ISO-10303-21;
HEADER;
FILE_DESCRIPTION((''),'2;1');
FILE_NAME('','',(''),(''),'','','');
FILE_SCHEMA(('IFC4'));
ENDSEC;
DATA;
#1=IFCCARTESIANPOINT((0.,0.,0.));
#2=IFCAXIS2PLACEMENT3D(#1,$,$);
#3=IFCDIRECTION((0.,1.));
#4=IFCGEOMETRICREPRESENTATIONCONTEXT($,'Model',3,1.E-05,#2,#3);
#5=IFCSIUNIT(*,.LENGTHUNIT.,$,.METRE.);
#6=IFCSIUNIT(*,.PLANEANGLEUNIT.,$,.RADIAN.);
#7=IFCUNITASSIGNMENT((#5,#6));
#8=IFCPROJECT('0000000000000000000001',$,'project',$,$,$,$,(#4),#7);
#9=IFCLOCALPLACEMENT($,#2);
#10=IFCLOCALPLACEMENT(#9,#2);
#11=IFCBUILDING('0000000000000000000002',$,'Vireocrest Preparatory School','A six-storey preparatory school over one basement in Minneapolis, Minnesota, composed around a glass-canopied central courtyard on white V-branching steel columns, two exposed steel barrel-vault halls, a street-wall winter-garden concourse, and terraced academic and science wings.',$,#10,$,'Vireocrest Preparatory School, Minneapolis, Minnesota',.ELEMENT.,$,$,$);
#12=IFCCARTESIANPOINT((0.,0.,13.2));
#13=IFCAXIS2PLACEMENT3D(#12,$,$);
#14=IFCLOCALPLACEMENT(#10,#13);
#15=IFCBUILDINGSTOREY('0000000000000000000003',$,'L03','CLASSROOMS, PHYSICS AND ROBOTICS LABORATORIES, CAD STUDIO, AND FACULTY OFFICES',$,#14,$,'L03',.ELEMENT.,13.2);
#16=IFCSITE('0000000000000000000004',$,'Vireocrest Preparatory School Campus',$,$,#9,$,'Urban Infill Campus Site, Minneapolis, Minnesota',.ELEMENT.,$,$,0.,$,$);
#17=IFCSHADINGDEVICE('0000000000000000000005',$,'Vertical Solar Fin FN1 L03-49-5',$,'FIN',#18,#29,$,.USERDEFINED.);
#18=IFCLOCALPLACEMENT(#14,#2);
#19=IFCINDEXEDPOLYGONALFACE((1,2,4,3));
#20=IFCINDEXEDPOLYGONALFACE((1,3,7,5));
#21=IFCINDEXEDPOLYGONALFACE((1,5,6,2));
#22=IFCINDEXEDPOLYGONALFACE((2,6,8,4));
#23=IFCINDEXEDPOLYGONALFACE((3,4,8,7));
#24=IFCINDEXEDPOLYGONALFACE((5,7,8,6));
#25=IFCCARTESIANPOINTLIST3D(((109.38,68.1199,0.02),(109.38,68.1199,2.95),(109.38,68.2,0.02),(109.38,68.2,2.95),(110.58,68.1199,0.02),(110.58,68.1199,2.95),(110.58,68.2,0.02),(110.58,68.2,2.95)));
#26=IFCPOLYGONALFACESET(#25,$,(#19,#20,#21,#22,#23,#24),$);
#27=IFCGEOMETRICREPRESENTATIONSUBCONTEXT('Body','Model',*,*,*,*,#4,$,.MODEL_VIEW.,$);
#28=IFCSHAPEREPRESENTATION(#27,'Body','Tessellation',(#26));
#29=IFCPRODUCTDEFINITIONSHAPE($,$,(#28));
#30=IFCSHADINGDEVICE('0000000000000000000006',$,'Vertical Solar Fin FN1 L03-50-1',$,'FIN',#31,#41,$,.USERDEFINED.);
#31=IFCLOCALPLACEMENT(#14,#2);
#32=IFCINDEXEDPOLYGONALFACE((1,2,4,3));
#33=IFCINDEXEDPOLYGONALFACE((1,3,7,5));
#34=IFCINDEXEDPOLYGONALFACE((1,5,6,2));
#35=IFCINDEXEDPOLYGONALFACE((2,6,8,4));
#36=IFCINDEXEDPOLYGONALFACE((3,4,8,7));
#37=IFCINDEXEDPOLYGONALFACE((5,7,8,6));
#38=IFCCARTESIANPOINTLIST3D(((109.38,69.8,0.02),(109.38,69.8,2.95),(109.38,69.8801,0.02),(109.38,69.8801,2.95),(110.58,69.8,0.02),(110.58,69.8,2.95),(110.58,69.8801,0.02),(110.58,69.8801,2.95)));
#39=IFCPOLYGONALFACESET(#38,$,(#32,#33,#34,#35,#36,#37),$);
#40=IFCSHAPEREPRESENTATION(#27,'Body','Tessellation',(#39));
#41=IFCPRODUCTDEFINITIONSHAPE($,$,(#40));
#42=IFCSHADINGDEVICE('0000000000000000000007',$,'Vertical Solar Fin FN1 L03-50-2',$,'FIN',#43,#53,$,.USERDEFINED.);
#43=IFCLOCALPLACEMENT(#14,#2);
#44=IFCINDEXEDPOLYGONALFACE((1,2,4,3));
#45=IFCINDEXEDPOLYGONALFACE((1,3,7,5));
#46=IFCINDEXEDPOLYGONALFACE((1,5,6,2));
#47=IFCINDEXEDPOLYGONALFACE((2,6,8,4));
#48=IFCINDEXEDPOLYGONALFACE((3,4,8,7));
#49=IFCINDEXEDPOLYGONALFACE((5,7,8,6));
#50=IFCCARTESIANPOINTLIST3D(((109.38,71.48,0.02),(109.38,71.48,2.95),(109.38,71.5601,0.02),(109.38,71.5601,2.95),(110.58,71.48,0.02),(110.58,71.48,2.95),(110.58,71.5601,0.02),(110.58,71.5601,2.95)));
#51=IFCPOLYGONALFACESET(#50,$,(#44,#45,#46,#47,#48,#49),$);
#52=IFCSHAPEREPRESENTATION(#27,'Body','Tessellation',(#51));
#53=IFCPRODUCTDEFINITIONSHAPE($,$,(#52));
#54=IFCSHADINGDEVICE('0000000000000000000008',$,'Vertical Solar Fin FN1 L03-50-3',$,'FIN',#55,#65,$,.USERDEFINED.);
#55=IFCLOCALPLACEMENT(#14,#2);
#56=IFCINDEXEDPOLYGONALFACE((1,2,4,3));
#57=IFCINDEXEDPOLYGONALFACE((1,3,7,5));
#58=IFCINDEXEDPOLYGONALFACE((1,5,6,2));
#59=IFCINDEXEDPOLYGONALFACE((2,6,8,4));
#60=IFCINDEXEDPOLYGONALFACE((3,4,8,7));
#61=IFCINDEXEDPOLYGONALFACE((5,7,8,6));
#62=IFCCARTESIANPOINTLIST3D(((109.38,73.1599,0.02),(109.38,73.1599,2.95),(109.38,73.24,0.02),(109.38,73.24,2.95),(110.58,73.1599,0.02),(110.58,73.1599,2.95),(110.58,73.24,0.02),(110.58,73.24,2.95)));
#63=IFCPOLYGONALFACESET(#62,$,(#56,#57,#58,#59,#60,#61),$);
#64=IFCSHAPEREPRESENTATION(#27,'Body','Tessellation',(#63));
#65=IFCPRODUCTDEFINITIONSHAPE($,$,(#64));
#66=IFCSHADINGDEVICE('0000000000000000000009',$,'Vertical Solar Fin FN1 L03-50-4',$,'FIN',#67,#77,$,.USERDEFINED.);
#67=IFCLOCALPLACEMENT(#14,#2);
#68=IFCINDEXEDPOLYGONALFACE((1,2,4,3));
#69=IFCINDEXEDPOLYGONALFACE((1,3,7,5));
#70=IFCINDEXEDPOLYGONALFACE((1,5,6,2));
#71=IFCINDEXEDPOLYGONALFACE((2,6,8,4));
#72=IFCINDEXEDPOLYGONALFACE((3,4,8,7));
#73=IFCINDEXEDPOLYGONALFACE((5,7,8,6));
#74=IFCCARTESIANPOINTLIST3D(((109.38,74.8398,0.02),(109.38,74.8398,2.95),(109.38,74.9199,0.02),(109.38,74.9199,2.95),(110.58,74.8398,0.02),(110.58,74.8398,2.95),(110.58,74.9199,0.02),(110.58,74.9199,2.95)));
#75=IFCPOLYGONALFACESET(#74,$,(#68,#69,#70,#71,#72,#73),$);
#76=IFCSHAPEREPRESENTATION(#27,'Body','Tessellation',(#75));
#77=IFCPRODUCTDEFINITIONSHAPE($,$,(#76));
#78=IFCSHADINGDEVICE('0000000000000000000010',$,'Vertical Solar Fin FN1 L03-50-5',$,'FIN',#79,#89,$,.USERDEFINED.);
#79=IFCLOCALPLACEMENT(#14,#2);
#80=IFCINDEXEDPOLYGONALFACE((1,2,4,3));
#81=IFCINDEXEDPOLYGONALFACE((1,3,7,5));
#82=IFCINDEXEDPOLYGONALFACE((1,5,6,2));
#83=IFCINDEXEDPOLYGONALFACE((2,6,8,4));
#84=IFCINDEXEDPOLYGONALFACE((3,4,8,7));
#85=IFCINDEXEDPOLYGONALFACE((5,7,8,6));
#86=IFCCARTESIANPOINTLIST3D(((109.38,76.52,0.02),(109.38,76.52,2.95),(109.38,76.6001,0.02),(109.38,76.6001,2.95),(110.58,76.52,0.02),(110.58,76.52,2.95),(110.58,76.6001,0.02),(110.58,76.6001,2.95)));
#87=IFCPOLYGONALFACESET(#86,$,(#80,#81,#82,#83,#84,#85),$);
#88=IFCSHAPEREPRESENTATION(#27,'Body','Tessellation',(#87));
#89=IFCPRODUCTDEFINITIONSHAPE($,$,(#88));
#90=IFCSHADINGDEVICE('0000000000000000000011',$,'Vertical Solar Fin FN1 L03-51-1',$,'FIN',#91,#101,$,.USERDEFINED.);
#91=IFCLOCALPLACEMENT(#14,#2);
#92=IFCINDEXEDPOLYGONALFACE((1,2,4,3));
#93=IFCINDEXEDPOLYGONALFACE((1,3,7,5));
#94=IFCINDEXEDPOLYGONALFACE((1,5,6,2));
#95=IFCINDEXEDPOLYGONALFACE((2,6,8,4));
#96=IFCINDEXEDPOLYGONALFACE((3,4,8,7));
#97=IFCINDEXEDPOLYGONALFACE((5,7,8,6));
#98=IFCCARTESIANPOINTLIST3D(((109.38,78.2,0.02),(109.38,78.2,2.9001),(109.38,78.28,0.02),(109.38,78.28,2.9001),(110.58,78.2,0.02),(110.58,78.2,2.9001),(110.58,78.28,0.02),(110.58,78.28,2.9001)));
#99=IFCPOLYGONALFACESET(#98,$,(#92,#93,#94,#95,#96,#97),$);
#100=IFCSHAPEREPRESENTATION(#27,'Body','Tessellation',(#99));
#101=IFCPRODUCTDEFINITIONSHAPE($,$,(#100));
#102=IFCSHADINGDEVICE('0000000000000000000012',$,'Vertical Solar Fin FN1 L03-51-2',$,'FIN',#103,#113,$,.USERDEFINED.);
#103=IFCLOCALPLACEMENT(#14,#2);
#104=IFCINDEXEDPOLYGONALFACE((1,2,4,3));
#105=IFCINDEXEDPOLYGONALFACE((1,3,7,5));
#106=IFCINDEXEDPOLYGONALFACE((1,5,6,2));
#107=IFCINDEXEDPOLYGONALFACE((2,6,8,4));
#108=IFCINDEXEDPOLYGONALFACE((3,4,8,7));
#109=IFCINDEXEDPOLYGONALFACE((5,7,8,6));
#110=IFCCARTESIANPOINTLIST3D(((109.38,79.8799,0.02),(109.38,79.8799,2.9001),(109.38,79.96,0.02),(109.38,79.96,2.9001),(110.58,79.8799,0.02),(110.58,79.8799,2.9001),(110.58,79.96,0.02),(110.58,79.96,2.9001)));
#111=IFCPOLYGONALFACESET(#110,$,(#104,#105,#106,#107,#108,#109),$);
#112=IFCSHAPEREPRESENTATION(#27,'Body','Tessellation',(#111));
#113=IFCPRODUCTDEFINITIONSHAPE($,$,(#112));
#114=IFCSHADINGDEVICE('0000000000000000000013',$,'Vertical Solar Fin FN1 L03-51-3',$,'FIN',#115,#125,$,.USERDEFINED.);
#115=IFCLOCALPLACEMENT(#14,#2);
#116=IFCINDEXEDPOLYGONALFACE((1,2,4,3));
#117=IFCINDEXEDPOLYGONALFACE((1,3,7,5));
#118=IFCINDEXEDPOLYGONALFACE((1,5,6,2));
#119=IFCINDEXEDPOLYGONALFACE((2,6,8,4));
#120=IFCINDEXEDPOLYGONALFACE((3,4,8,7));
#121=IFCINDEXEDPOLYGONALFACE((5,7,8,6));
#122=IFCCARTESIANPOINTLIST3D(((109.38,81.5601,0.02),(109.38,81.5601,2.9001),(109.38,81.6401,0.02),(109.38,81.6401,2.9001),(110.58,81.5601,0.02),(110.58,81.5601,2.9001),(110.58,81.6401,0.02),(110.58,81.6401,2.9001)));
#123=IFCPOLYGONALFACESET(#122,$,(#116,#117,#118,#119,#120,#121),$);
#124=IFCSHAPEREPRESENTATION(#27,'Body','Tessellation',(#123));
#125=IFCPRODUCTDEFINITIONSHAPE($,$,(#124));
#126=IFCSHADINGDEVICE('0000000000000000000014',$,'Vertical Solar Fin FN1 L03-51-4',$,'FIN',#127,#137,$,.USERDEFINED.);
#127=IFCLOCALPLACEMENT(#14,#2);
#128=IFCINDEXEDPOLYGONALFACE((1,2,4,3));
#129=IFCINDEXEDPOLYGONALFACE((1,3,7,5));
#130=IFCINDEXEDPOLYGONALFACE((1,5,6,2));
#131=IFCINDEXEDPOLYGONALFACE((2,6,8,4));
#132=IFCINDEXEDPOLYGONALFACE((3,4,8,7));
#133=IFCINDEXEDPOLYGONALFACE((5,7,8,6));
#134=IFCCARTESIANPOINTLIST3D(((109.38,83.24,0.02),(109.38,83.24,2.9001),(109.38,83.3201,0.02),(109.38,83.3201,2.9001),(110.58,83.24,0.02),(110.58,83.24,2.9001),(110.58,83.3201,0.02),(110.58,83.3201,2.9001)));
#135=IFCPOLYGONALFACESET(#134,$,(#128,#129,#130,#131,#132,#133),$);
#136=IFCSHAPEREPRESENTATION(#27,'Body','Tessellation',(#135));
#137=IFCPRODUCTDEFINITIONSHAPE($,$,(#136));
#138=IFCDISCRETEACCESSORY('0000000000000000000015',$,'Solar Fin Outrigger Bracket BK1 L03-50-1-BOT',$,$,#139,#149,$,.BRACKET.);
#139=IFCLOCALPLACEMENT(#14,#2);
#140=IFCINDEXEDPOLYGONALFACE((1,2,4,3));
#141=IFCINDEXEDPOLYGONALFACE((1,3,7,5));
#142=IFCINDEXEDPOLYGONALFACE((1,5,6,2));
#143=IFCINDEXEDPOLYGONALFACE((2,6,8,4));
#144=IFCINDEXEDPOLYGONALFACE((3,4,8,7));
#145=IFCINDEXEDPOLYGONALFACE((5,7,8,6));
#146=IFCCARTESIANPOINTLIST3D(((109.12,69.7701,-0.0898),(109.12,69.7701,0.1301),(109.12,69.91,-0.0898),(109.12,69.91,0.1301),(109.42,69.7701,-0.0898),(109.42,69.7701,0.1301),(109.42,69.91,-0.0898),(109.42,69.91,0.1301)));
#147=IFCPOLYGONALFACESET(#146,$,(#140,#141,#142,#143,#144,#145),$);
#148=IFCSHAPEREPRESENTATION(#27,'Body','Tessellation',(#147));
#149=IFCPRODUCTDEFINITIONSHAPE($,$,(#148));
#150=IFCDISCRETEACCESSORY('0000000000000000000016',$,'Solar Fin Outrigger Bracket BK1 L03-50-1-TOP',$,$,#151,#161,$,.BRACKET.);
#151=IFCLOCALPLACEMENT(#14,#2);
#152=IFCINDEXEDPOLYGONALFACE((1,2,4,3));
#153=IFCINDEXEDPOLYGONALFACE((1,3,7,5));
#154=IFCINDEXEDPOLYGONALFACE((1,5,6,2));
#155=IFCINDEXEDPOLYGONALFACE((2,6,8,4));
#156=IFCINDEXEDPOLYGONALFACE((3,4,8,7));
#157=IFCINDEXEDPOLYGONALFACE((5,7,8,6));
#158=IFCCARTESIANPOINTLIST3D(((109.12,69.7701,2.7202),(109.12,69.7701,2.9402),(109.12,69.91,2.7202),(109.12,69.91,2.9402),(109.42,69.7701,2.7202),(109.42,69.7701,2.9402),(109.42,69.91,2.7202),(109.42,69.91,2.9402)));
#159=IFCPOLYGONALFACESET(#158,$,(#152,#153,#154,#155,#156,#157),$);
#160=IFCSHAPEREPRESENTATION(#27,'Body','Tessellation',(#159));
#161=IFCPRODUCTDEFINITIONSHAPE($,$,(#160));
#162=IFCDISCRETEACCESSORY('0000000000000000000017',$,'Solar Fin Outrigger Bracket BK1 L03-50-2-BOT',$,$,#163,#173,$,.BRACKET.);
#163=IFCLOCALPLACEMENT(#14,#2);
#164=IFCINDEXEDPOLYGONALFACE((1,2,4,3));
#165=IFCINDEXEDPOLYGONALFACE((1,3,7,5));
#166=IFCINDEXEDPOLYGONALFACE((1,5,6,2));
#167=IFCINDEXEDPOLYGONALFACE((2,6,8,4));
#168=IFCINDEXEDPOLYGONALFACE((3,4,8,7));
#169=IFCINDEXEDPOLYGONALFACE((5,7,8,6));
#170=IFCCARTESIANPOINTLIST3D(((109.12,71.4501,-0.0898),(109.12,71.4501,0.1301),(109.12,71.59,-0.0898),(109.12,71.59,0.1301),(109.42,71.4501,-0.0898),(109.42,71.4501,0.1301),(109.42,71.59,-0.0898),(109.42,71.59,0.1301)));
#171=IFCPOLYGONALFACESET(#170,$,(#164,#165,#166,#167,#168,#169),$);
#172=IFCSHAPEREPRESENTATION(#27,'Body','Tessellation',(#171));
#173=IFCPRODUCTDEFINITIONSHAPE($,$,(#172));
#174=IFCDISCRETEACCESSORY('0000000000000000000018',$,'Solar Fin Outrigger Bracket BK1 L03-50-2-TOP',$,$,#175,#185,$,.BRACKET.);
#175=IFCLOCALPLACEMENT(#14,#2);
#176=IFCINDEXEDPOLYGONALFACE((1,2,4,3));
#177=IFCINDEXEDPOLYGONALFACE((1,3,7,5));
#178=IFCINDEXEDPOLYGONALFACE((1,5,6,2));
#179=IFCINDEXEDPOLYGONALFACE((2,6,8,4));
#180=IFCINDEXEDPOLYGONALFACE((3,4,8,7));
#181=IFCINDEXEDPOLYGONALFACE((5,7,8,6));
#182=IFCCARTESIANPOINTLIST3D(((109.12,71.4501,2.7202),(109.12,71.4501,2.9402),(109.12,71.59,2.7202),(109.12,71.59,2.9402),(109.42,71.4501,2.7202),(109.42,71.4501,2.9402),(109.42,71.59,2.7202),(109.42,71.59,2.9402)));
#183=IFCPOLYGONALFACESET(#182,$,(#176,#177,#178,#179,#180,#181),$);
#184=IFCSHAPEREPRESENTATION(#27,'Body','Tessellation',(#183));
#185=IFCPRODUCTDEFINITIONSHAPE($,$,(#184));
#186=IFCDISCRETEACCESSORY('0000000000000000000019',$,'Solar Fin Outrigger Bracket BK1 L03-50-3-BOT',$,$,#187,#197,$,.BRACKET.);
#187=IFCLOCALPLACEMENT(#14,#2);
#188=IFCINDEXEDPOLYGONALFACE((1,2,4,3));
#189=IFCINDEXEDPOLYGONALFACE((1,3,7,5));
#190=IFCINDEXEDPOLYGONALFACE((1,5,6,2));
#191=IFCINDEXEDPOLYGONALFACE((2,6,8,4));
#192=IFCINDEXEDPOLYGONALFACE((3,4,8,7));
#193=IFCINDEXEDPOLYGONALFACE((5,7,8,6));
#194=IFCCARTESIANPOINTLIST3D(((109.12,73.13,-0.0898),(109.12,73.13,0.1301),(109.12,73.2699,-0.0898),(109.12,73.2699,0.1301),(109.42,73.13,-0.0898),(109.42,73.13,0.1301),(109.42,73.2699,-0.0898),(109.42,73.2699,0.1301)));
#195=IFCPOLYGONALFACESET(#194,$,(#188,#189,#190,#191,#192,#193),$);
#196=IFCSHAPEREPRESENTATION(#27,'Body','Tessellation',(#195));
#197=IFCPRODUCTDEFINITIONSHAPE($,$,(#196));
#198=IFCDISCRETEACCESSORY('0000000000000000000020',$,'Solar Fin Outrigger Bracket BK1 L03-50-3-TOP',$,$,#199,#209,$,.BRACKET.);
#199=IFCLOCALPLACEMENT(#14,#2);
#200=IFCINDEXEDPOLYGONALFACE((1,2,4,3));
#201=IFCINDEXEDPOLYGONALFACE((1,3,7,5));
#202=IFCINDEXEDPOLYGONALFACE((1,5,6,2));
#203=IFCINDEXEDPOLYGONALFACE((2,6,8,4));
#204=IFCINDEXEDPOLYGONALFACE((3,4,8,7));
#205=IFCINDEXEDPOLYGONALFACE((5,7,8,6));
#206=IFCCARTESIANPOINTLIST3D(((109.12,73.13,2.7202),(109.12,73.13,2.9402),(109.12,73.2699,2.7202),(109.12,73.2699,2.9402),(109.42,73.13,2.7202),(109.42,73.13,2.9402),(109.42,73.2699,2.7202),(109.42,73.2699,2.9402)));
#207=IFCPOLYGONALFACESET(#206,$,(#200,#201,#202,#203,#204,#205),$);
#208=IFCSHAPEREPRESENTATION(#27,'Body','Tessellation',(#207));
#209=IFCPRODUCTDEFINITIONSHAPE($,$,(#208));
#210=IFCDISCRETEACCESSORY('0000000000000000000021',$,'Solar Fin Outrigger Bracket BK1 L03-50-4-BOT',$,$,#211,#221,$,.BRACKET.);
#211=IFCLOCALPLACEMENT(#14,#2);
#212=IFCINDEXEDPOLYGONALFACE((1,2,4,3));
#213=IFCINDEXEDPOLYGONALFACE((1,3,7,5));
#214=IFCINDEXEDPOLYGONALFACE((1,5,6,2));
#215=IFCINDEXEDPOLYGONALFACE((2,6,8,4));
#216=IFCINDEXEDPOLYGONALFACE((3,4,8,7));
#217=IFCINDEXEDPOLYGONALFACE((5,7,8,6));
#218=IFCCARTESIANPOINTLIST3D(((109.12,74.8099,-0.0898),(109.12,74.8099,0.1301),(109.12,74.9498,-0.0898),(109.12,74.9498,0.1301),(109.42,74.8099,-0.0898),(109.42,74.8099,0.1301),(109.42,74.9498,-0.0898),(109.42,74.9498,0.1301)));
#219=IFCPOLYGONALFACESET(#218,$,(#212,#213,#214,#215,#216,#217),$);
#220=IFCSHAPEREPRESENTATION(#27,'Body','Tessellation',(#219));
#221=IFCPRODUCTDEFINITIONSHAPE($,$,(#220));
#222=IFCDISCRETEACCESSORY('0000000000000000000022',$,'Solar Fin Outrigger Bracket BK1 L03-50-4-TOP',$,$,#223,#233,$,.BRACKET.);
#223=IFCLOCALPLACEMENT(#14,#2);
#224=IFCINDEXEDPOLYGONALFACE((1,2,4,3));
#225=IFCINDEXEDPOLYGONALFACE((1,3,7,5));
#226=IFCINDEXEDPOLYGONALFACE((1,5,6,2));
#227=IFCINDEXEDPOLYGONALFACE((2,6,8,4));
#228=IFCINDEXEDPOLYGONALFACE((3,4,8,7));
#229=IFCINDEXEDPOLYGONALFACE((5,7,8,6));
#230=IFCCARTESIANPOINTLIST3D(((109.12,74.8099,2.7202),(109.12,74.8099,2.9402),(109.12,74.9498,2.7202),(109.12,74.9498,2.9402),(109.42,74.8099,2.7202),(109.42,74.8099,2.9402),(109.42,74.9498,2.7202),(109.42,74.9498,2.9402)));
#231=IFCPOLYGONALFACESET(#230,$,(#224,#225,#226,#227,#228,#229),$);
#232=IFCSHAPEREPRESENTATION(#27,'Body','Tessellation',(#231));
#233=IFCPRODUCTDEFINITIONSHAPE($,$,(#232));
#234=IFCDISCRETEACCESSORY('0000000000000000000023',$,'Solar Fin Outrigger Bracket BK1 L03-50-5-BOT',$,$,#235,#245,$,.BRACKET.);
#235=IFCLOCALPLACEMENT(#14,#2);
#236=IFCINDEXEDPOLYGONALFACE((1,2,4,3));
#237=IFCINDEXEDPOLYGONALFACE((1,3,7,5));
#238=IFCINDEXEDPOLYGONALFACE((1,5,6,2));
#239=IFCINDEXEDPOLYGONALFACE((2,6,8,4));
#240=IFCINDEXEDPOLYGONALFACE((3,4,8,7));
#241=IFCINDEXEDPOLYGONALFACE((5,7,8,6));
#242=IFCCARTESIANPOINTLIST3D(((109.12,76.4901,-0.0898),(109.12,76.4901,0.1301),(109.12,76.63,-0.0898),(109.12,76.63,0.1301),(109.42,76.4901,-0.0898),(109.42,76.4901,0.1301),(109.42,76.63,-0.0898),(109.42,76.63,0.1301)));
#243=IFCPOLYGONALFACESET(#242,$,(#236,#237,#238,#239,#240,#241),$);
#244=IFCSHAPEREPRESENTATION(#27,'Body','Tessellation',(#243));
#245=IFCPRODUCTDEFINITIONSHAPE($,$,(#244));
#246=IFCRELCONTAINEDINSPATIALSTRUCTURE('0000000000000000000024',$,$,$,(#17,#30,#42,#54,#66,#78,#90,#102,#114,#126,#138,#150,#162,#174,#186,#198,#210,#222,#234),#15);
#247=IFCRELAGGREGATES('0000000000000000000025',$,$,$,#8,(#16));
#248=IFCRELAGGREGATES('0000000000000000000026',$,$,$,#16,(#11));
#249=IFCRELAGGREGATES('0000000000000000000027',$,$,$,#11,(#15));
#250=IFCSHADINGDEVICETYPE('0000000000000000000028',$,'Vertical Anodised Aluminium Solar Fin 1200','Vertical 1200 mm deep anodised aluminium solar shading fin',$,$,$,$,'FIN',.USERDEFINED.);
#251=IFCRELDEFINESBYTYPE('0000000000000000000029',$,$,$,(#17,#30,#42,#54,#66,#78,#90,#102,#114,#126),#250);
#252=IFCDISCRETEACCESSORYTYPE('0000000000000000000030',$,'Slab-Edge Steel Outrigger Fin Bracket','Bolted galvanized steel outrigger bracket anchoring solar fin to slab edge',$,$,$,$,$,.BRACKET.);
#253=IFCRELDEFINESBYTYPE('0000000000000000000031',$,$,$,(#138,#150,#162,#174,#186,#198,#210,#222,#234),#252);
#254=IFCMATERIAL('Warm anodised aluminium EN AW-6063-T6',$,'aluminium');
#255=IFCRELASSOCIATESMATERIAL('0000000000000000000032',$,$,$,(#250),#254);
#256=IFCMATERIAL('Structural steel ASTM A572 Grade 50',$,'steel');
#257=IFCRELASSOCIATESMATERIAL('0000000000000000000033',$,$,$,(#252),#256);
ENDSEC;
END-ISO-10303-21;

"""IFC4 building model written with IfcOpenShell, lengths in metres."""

from ifc_helpers import new_model, si_unit, direction, frame, origin, origin_2d, place, context, subcontext, project, spatial, rectangle, extrude, material, material_profile, profile_set, type_object, element, save


model = new_model("IFC4")

# Units and contexts
model_context = context("Model", 3, precision=1e-05, world=origin(), true_north=direction((0.0, 1.0)))
body_context = subcontext(model_context, "Body", "Model", "MODEL_VIEW")
ifc_project = project(units=[si_unit("LENGTHUNIT", "METRE"), si_unit("PLANEANGLEUNIT", "RADIAN")], contexts=[model_context])

# Site, building, storey
site_placement = place(None, origin())
site = spatial("IfcSite", under=ifc_project, at=site_placement, Name="Vireocrest Preparatory School Campus", LongName="Urban Infill Campus Site, Minneapolis, Minnesota", CompositionType="ELEMENT", RefElevation=0.0)
building_placement = place(site_placement, origin())
building = spatial("IfcBuilding", under=site, at=building_placement, Name="Vireocrest Preparatory School", Description="A six-storey preparatory school over one basement in Minneapolis, Minnesota, composed around a glass-canopied central courtyard on white V-branching steel columns, two exposed steel barrel-vault halls, a street-wall winter-garden concourse, and terraced academic and science wings.", LongName="Vireocrest Preparatory School, Minneapolis, Minnesota", CompositionType="ELEMENT")
storey_placement = place(building_placement, frame((0.0, 0.0, 13.2)))
storey = spatial("IfcBuildingStorey", under=building, at=storey_placement, Name="L03", Description="CLASSROOMS, PHYSICS AND ROBOTICS LABORATORIES, CAD STUDIO, AND FACULTY OFFICES", LongName="L03", CompositionType="ELEMENT", Elevation=13.2)

# Shading devices
ifc_material_1 = material(Name="Warm anodised aluminium EN AW-6063-T6", Category="aluminium")
ifc_material_profile = material_profile(ifc_material_1, rectangle(XDim=0.0801, YDim=1.2, at=origin_2d()), Name="FIN 80x1200")
ifc_profile_set = profile_set([ifc_material_profile], Name="Warm anodised aluminium EN AW-6063-T6")
shading_device_type = type_object("IfcShadingDeviceType", Name="Vertical Anodised Aluminium Solar Fin 1200", Description="Vertical 1200 mm deep anodised aluminium solar shading fin", ElementType="FIN", PredefinedType="USERDEFINED", material=ifc_profile_set)
for number, where, z_axis, x_axis, name in (
    (1, (109.98, 68.1599, 0.02), (0.0, 0.0, 1.0), (0.0, -1.0, 0.0), "Vertical Solar Fin FN1 L03-49-5"),
    (2, (109.98, 69.8401, 0.02), (0.0, 0.0, 1.0), (0.0, -1.0, 0.0), "Vertical Solar Fin FN1 L03-50-1"),
    (3, (109.98, 71.52, 0.02), (0.0, 0.0, 1.0), (0.0, -1.0, 0.0), "Vertical Solar Fin FN1 L03-50-2"),
    (4, (109.98, 73.2, 0.02), (0.0, 0.0, 1.0), (0.0, -1.0, 0.0), "Vertical Solar Fin FN1 L03-50-3"),
    (5, (109.98, 74.8799, 0.02), (0.0, 0.0, 1.0), (0.0, -1.0, 0.0), "Vertical Solar Fin FN1 L03-50-4"),
    (6, (109.98, 76.5601, 0.02), (0.0, 0.0, 1.0), (0.0, -1.0, 0.0), "Vertical Solar Fin FN1 L03-50-5"),
):
    element("IfcShadingDevice", number, at=place(storey_placement, frame(where, z_axis=z_axis, x_axis=x_axis)), inside=storey, type_object=shading_device_type, Name=name, ObjectType="FIN", PredefinedType="USERDEFINED", context=body_context, shape_type="SweptSolid", body=[
        extrude(rectangle(XDim=0.0801, YDim=1.2, at=origin_2d()), origin(), (0.0, 0.0, 1.0), 2.9299),
    ])
for number, where, z_axis, x_axis, name in (
    (7, (109.98, 78.24, 0.02), (0.0, 0.0, 1.0), (0.0, -1.0, 0.0), "Vertical Solar Fin FN1 L03-51-1"),
    (8, (109.98, 79.9199, 0.02), (0.0, 0.0, 1.0), (0.0, -1.0, 0.0), "Vertical Solar Fin FN1 L03-51-2"),
    (9, (109.98, 81.6001, 0.02), (0.0, 0.0, 1.0), (0.0, -1.0, 0.0), "Vertical Solar Fin FN1 L03-51-3"),
    (10, (109.98, 83.28, 0.02), (0.0, 0.0, 1.0), (0.0, -1.0, 0.0), "Vertical Solar Fin FN1 L03-51-4"),
):
    element("IfcShadingDevice", number, at=place(storey_placement, frame(where, z_axis=z_axis, x_axis=x_axis)), inside=storey, type_object=shading_device_type, Name=name, ObjectType="FIN", PredefinedType="USERDEFINED", context=body_context, shape_type="SweptSolid", body=[
        extrude(rectangle(XDim=0.0801, YDim=1.2, at=origin_2d()), origin(), (0.0, 0.0, 1.0), 2.8801),
    ])

# Discrete accessories
ifc_material_2 = material(Name="Structural steel ASTM A572 Grade 50", Category="steel")
discrete_accessory_type = type_object("IfcDiscreteAccessoryType", Name="Slab-Edge Steel Outrigger Fin Bracket", Description="Bolted galvanized steel outrigger bracket anchoring solar fin to slab edge", PredefinedType="BRACKET", material=ifc_material_2)
for number, where, z_axis, x_axis, name in (
    (11, (109.27, 69.8401, -0.0898), (0.0, 0.0, 1.0), (0.0, -1.0, 0.0), "Solar Fin Outrigger Bracket BK1 L03-50-1-BOT"),
    (12, (109.27, 69.8401, 2.7202), (0.0, 0.0, 1.0), (0.0, -1.0, 0.0), "Solar Fin Outrigger Bracket BK1 L03-50-1-TOP"),
    (13, (109.27, 71.52, -0.0898), (0.0, 0.0, 1.0), (0.0, -1.0, 0.0), "Solar Fin Outrigger Bracket BK1 L03-50-2-BOT"),
    (14, (109.27, 71.52, 2.7202), (0.0, 0.0, 1.0), (0.0, -1.0, 0.0), "Solar Fin Outrigger Bracket BK1 L03-50-2-TOP"),
    (15, (109.27, 73.2, -0.0898), (0.0, 0.0, 1.0), (0.0, -1.0, 0.0), "Solar Fin Outrigger Bracket BK1 L03-50-3-BOT"),
    (16, (109.27, 73.2, 2.7202), (0.0, 0.0, 1.0), (0.0, -1.0, 0.0), "Solar Fin Outrigger Bracket BK1 L03-50-3-TOP"),
    (17, (109.27, 74.8799, -0.0898), (0.0, 0.0, 1.0), (0.0, -1.0, 0.0), "Solar Fin Outrigger Bracket BK1 L03-50-4-BOT"),
    (18, (109.27, 74.8799, 2.7202), (0.0, 0.0, 1.0), (0.0, -1.0, 0.0), "Solar Fin Outrigger Bracket BK1 L03-50-4-TOP"),
    (19, (109.27, 76.5601, -0.0898), (0.0, 0.0, 1.0), (0.0, -1.0, 0.0), "Solar Fin Outrigger Bracket BK1 L03-50-5-BOT"),
):
    element("IfcDiscreteAccessory", number, at=place(storey_placement, frame(where, z_axis=z_axis, x_axis=x_axis)), inside=storey, type_object=discrete_accessory_type, Name=name, PredefinedType="BRACKET", context=body_context, shape_type="SweptSolid", body=[
        extrude(rectangle(XDim=0.1399, YDim=0.3, at=origin_2d()), origin(), (0.0, 0.0, 1.0), 0.22),
    ])

save(model, "model.ifc")
